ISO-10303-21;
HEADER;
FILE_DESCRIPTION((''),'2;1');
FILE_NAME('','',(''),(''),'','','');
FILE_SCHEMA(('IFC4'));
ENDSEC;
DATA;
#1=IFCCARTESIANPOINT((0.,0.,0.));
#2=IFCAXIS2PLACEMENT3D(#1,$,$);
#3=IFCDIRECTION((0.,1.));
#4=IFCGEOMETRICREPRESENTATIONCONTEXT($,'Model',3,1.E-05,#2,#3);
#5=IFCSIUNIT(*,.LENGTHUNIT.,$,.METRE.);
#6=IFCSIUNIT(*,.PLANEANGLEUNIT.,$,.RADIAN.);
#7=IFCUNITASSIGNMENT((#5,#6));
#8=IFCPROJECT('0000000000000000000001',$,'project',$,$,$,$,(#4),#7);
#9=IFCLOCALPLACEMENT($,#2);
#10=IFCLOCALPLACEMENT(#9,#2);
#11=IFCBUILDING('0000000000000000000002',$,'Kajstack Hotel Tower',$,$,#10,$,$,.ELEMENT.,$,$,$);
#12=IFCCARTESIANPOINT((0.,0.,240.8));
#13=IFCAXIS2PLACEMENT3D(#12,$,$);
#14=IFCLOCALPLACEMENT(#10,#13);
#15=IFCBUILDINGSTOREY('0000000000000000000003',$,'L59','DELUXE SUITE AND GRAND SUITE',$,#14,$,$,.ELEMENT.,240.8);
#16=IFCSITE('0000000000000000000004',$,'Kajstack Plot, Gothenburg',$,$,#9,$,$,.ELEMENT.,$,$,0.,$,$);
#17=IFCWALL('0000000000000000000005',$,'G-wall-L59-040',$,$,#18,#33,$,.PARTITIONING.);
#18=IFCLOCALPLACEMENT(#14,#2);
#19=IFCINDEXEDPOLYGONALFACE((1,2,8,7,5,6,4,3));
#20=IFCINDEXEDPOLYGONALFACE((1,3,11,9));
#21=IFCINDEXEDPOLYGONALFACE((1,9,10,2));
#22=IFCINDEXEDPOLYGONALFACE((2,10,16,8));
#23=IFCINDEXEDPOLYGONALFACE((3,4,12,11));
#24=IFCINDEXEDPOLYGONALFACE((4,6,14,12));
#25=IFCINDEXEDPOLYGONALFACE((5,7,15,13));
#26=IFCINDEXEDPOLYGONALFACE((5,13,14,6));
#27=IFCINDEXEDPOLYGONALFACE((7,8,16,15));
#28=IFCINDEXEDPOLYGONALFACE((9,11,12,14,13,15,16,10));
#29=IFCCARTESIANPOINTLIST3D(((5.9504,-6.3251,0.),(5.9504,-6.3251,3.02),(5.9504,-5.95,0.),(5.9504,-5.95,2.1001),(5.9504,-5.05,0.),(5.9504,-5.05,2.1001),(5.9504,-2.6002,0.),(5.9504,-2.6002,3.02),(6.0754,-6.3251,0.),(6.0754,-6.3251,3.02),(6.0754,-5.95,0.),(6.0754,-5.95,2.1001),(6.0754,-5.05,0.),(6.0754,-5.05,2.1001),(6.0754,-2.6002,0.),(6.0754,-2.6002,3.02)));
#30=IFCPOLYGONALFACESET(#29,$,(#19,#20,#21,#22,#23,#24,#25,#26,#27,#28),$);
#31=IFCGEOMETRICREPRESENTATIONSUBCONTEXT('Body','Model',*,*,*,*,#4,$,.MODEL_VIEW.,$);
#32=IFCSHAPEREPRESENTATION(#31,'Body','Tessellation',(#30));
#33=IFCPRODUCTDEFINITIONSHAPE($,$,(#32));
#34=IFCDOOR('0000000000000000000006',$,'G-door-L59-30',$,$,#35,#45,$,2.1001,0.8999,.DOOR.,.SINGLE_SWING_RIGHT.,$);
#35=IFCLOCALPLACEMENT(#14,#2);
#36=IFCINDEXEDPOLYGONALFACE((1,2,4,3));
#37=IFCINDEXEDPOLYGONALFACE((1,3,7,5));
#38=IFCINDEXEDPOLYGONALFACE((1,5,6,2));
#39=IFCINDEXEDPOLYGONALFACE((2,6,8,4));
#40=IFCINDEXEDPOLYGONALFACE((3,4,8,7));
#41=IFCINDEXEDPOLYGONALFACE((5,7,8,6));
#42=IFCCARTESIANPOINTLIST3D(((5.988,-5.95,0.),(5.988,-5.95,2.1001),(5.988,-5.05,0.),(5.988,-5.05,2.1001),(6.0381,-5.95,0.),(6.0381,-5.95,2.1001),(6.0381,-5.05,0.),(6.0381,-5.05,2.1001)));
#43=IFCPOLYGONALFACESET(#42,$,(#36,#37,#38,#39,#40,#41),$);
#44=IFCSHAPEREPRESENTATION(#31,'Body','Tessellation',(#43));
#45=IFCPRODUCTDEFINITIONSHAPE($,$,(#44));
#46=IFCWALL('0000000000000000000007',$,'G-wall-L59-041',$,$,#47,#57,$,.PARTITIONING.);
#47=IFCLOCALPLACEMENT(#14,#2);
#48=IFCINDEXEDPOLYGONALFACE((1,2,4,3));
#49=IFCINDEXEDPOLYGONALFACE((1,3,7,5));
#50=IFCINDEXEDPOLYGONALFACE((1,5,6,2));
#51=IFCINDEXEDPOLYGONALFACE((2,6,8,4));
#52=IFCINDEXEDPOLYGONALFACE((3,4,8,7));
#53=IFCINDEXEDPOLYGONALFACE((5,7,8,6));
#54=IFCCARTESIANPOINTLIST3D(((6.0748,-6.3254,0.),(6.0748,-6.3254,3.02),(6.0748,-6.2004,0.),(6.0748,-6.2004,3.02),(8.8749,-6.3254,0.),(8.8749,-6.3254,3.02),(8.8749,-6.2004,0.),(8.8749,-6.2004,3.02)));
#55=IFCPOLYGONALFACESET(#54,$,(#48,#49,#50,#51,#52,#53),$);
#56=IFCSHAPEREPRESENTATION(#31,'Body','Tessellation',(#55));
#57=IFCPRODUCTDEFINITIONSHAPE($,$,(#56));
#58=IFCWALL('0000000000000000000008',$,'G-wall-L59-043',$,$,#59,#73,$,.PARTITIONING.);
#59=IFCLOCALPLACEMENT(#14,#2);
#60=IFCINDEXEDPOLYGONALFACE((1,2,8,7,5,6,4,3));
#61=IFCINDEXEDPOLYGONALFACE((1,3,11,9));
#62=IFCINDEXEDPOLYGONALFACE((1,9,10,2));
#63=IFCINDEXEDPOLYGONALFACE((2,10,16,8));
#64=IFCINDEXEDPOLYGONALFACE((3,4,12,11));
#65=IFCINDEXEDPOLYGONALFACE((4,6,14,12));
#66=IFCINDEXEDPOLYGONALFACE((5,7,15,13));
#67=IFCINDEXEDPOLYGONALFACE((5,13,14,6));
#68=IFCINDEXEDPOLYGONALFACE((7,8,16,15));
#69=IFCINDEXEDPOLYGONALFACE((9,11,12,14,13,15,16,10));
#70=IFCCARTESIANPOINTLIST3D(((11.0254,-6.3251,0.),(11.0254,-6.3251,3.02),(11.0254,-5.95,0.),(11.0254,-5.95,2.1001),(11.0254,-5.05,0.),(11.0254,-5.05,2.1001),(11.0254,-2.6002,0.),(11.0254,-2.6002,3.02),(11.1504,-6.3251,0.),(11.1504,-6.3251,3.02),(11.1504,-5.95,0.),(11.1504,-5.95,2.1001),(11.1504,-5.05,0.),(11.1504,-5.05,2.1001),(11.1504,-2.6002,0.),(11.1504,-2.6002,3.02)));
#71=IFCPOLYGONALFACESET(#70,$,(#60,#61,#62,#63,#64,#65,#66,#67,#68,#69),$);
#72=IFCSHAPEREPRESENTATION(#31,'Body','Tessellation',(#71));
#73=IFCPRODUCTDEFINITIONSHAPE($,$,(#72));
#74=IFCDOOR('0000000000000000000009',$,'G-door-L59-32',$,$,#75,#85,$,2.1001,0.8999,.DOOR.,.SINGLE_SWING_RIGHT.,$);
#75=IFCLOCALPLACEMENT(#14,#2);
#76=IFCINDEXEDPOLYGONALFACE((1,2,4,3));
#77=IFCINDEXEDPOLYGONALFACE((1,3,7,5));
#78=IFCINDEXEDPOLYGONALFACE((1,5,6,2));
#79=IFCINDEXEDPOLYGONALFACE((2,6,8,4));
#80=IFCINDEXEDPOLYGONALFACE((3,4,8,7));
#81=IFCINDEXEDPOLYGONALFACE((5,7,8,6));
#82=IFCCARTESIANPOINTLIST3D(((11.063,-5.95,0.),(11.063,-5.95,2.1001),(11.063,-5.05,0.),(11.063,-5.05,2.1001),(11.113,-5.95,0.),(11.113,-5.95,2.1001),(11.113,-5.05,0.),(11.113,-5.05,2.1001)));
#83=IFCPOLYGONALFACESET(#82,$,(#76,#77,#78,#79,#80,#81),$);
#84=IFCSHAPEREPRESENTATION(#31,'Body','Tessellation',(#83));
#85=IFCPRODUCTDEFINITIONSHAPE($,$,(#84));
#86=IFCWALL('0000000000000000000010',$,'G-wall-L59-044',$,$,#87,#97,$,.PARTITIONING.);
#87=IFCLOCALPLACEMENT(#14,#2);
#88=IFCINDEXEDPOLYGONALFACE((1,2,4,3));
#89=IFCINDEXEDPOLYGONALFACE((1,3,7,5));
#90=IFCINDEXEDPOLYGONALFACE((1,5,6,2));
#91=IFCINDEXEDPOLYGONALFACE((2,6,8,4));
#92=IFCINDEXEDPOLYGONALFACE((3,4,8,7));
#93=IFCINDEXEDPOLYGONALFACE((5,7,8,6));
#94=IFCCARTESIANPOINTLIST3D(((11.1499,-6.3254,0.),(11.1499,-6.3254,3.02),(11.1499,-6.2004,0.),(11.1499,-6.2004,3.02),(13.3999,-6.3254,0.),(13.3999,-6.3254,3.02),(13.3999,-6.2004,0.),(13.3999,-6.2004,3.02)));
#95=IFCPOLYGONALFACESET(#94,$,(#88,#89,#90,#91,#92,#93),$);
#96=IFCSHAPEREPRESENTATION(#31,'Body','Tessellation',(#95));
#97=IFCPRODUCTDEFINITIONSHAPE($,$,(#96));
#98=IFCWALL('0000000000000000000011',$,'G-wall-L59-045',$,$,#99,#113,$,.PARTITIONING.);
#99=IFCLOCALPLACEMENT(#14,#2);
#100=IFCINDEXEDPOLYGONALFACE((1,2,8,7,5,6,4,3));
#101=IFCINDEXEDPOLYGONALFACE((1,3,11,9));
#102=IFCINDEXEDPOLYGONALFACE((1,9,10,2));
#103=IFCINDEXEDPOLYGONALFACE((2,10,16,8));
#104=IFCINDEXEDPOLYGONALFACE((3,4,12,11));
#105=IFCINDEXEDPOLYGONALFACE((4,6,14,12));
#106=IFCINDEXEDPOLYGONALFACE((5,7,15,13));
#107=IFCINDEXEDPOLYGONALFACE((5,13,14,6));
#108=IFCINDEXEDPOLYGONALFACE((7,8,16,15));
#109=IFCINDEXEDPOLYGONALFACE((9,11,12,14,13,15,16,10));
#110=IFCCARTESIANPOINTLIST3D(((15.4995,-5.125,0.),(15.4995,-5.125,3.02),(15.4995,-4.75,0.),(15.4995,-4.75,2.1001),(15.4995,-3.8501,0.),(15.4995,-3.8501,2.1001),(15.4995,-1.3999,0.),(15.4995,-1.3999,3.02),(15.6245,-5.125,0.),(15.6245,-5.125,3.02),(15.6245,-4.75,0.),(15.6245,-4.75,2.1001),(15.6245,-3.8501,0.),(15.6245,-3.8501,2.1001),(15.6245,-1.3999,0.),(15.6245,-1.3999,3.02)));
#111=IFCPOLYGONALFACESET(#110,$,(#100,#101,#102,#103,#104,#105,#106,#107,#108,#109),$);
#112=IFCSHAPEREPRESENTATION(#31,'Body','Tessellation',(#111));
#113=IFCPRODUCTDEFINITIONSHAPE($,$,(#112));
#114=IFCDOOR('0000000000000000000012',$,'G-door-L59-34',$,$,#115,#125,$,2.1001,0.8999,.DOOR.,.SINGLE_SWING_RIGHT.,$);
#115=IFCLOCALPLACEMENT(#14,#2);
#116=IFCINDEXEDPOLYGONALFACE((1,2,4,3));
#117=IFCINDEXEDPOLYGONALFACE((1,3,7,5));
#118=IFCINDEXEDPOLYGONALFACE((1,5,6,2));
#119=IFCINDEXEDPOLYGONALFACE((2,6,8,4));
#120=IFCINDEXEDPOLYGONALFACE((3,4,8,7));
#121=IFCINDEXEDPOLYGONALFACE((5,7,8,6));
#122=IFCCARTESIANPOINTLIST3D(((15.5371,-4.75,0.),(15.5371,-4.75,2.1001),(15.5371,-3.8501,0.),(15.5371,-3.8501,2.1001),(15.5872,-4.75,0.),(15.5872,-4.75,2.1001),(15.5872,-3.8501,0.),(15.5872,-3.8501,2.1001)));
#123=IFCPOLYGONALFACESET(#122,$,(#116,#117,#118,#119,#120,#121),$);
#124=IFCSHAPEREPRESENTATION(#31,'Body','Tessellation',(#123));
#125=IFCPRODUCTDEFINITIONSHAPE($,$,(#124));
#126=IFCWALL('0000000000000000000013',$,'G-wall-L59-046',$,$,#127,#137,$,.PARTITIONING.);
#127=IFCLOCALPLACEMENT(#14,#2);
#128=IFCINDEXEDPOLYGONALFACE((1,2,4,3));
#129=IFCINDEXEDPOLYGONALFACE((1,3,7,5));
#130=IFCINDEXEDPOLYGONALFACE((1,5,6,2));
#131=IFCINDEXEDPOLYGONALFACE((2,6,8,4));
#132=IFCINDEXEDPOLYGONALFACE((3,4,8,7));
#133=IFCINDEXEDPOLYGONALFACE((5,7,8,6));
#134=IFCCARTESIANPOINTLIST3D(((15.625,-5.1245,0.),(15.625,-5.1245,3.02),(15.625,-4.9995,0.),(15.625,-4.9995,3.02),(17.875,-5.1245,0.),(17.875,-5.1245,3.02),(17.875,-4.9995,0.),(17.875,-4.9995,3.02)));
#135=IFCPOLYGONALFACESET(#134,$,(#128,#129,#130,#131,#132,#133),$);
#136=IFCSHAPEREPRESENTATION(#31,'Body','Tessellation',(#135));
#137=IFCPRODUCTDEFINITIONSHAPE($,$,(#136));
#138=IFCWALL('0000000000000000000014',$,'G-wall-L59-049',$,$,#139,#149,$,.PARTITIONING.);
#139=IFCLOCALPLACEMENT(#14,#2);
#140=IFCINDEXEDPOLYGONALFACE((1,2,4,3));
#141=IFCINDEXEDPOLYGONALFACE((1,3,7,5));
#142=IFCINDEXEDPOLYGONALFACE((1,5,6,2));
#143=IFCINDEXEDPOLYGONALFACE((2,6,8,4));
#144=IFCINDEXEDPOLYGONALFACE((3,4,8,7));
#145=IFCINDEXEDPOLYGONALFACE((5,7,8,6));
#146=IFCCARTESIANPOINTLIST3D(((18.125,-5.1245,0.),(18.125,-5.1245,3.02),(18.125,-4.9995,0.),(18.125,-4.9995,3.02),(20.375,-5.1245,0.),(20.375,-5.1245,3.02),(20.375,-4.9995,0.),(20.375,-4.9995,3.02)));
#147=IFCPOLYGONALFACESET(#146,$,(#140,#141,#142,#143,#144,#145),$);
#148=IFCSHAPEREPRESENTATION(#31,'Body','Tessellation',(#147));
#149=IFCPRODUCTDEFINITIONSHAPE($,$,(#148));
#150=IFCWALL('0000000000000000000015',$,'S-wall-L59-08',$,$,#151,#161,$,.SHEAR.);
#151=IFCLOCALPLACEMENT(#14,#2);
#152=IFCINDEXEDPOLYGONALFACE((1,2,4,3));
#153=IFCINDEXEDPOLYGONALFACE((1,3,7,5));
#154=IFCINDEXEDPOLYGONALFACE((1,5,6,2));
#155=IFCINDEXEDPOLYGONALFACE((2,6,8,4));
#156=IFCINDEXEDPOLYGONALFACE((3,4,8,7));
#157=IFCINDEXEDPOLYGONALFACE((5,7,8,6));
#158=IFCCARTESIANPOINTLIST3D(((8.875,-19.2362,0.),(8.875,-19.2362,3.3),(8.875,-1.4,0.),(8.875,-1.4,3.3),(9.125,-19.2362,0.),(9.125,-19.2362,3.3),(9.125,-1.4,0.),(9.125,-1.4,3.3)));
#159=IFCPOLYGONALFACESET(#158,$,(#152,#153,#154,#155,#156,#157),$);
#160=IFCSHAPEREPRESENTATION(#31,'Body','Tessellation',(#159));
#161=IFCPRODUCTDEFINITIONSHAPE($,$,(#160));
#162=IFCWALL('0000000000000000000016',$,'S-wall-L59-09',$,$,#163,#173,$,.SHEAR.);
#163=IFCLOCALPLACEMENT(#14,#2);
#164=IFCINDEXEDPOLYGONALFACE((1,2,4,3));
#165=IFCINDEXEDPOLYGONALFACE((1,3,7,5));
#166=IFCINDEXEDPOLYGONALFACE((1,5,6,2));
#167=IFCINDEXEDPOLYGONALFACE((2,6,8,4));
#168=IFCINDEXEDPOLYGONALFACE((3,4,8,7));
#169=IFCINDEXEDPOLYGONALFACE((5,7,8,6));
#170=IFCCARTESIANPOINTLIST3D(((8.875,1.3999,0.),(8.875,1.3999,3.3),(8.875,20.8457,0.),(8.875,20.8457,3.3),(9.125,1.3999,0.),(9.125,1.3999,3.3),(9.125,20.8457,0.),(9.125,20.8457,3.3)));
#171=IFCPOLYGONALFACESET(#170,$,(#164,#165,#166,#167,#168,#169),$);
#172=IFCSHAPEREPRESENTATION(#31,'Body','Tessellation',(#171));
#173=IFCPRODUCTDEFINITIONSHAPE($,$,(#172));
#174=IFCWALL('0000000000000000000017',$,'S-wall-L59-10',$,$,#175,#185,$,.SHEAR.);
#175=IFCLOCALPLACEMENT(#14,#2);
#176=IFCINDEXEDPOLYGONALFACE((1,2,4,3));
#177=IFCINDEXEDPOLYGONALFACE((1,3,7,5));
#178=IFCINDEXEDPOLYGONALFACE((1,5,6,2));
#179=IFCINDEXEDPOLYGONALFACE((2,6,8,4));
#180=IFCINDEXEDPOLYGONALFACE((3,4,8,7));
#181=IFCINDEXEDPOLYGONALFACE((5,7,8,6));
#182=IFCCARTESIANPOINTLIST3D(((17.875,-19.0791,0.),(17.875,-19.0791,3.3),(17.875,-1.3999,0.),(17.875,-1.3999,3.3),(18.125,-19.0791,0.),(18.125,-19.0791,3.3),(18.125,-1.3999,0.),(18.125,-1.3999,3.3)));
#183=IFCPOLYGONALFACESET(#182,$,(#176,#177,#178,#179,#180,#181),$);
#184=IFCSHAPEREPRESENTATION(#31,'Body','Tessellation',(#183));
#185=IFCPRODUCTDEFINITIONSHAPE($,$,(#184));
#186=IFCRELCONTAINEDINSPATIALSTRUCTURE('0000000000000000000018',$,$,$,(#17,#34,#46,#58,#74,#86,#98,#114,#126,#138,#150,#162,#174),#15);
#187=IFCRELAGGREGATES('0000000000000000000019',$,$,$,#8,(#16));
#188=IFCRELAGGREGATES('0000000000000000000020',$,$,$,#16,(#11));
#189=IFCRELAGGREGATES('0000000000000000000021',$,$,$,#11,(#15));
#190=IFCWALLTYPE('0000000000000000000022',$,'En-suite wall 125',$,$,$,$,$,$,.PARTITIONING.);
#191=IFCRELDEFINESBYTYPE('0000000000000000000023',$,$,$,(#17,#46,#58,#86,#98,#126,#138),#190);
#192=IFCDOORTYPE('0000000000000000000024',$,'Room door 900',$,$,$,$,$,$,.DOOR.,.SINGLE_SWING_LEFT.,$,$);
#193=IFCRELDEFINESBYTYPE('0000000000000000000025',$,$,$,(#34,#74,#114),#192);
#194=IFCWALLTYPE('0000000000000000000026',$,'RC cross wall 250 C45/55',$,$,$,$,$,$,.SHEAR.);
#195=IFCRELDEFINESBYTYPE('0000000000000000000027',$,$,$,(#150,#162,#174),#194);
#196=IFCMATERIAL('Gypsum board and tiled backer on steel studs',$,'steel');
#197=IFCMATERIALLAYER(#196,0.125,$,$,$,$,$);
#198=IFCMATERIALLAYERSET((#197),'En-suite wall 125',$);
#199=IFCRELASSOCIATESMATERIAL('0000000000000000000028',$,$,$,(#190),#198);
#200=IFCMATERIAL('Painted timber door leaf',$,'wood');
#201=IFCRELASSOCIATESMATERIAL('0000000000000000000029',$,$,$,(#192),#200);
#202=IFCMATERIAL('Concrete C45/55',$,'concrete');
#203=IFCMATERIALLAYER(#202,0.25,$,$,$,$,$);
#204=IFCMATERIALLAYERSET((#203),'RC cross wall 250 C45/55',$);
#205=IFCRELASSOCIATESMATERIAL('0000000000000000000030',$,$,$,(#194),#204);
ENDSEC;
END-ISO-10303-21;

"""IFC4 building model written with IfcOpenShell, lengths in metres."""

from ifc_helpers import new_model, si_unit, direction, frame, frame_2d, origin, place, context, subcontext, project, spatial, rectangle, extrude, material, layer, layer_set, type_object, element, fill, save


model = new_model("IFC4")

# Units and contexts
model_context = context("Model", 3, precision=1e-05, world=origin(), true_north=direction((0.0, 1.0)))
body_context = subcontext(model_context, "Body", "Model", "MODEL_VIEW")
ifc_project = project(units=[si_unit("LENGTHUNIT", "METRE"), si_unit("PLANEANGLEUNIT", "RADIAN")], contexts=[model_context])

# Site, building, storey
site_placement = place(None, origin())
site = spatial("IfcSite", under=ifc_project, at=site_placement, Name="Kajstack Plot, Gothenburg", CompositionType="ELEMENT", RefElevation=0.0)
building_placement = place(site_placement, origin())
building = spatial("IfcBuilding", under=site, at=building_placement, Name="Kajstack Hotel Tower", CompositionType="ELEMENT")
storey_placement = place(building_placement, frame((0.0, 0.0, 240.8)))
storey = spatial("IfcBuildingStorey", under=building, at=storey_placement, Name="L59", Description="DELUXE SUITE AND GRAND SUITE", CompositionType="ELEMENT", Elevation=240.8)

# Wall, opening, door
ifc_material_1 = material(Name="Gypsum board and tiled backer on steel studs", Category="steel")
ifc_layer_1 = layer(ifc_material_1, 0.125)
ifc_layer_set_1 = layer_set([ifc_layer_1], Name="En-suite wall 125")
wall_type_1 = type_object("IfcWallType", Name="En-suite wall 125", PredefinedType="PARTITIONING", material=ifc_layer_set_1)
wall_1_placement = place(storey_placement, frame((6.0129, -6.325, 0.0), z_axis=(0.0, 0.0, 1.0), x_axis=(0.0, 1.0, 0.0)))
wall_1 = element("IfcWall", 1, at=wall_1_placement, inside=storey, type_object=wall_type_1, Name="G-wall-L59-040", PredefinedType="PARTITIONING", context=body_context, shape_type="SweptSolid", body=[
    extrude(rectangle(XDim=3.7249, YDim=0.125, at=frame_2d((1.8623, 0.0))), origin(), (0.0, 0.0, 1.0), 3.02),
])
opening_1_placement = place(wall_1_placement, frame((0.375, 0.0, 0.0)))
opening_1 = element("IfcOpeningElement", 2, at=opening_1_placement, cuts=wall_1, PredefinedType="OPENING", context=body_context, shape_type="SweptSolid", body=[
    extrude(rectangle(XDim=0.8999, YDim=2.1001, at=frame_2d((0.45, 1.05))), frame((0.0, 0.0725, 0.0), z_axis=(0.0, -1.0, 0.0), x_axis=(1.0, 0.0, 0.0)), (0.0, 0.0, 1.0), 0.145),
])
ifc_material_2 = material(Name="Painted timber door leaf", Category="wood")
door_type_1 = type_object("IfcDoorType", Name="Room door 900", OperationType="SINGLE_SWING_LEFT", PredefinedType="DOOR", material=ifc_material_2)
door_1_placement = place(opening_1_placement, origin())
door_1 = element("IfcDoor", 3, at=door_1_placement, inside=storey, type_object=door_type_1, Name="G-door-L59-30", OperationType="SINGLE_SWING_RIGHT", OverallHeight=2.1001, OverallWidth=0.8999, PredefinedType="DOOR", context=body_context, shape_type="SweptSolid", body=[
    extrude(rectangle(XDim=0.8999, YDim=2.1001, at=frame_2d((0.45, 1.05))), frame((0.0, 0.0249, 0.0), z_axis=(0.0, -1.0, 0.0), x_axis=(1.0, 0.0, 0.0)), (0.0, 0.0, 1.0), 0.05),
])
fill(opening_1, door_1)

# Wall
wall_2_placement = place(storey_placement, frame((6.075, -6.2629, 0.0), z_axis=(0.0, 0.0, 1.0), x_axis=(1.0, 0.0, 0.0)))
element("IfcWall", 4, at=wall_2_placement, inside=storey, type_object=wall_type_1, Name="G-wall-L59-041", PredefinedType="PARTITIONING", context=body_context, shape_type="SweptSolid", body=[
    extrude(rectangle(XDim=2.8, YDim=0.125, at=frame_2d((1.3999, 0.0))), origin(), (0.0, 0.0, 1.0), 3.02),
])

# Wall, opening, door
wall_3_placement = place(storey_placement, frame((11.0879, -6.325, 0.0), z_axis=(0.0, 0.0, 1.0), x_axis=(0.0, 1.0, 0.0)))
wall_3 = element("IfcWall", 5, at=wall_3_placement, inside=storey, type_object=wall_type_1, Name="G-wall-L59-043", PredefinedType="PARTITIONING", context=body_context, shape_type="SweptSolid", body=[
    extrude(rectangle(XDim=3.7249, YDim=0.125, at=frame_2d((1.8623, 0.0))), origin(), (0.0, 0.0, 1.0), 3.02),
])
opening_2_placement = place(wall_3_placement, frame((0.375, 0.0, 0.0)))
opening_2 = element("IfcOpeningElement", 6, at=opening_2_placement, cuts=wall_3, PredefinedType="OPENING", context=body_context, shape_type="SweptSolid", body=[
    extrude(rectangle(XDim=0.8999, YDim=2.1001, at=frame_2d((0.45, 1.05))), frame((0.0, 0.0725, 0.0), z_axis=(0.0, -1.0, 0.0), x_axis=(1.0, 0.0, 0.0)), (0.0, 0.0, 1.0), 0.145),
])
door_2_placement = place(opening_2_placement, origin())
door_2 = element("IfcDoor", 7, at=door_2_placement, inside=storey, type_object=door_type_1, Name="G-door-L59-32", OperationType="SINGLE_SWING_RIGHT", OverallHeight=2.1001, OverallWidth=0.8999, PredefinedType="DOOR", context=body_context, shape_type="SweptSolid", body=[
    extrude(rectangle(XDim=0.8999, YDim=2.1001, at=frame_2d((0.45, 1.05))), frame((0.0, 0.0249, 0.0), z_axis=(0.0, -1.0, 0.0), x_axis=(1.0, 0.0, 0.0)), (0.0, 0.0, 1.0), 0.05),
])
fill(opening_2, door_2)

# Wall
wall_4_placement = place(storey_placement, frame((11.1499, -6.2629, 0.0), z_axis=(0.0, 0.0, 1.0), x_axis=(1.0, 0.0, 0.0)))
element("IfcWall", 8, at=wall_4_placement, inside=storey, type_object=wall_type_1, Name="G-wall-L59-044", PredefinedType="PARTITIONING", context=body_context, shape_type="SweptSolid", body=[
    extrude(rectangle(XDim=2.25, YDim=0.125, at=frame_2d((1.125, 0.0))), origin(), (0.0, 0.0, 1.0), 3.02),
])

# Wall, opening, door
wall_5_placement = place(storey_placement, frame((15.562, -5.125, 0.0), z_axis=(0.0, 0.0, 1.0), x_axis=(0.0, 1.0, 0.0)))
wall_5 = element("IfcWall", 9, at=wall_5_placement, inside=storey, type_object=wall_type_1, Name="G-wall-L59-045", PredefinedType="PARTITIONING", context=body_context, shape_type="SweptSolid", body=[
    extrude(rectangle(XDim=3.7251, YDim=0.125, at=frame_2d((1.8625, 0.0))), origin(), (0.0, 0.0, 1.0), 3.02),
])
opening_3_placement = place(wall_5_placement, frame((0.375, 0.0, 0.0)))
opening_3 = element("IfcOpeningElement", 10, at=opening_3_placement, cuts=wall_5, PredefinedType="OPENING", context=body_context, shape_type="SweptSolid", body=[
    extrude(rectangle(XDim=0.8999, YDim=2.1001, at=frame_2d((0.45, 1.05))), frame((0.0, 0.0725, 0.0), z_axis=(0.0, -1.0, 0.0), x_axis=(1.0, 0.0, 0.0)), (0.0, 0.0, 1.0), 0.145),
])
door_3_placement = place(opening_3_placement, origin())
door_3 = element("IfcDoor", 11, at=door_3_placement, inside=storey, type_object=door_type_1, Name="G-door-L59-34", OperationType="SINGLE_SWING_RIGHT", OverallHeight=2.1001, OverallWidth=0.8999, PredefinedType="DOOR", context=body_context, shape_type="SweptSolid", body=[
    extrude(rectangle(XDim=0.8999, YDim=2.1001, at=frame_2d((0.45, 1.05))), frame((0.0, 0.0249, 0.0), z_axis=(0.0, -1.0, 0.0), x_axis=(1.0, 0.0, 0.0)), (0.0, 0.0, 1.0), 0.05),
])
fill(opening_3, door_3)

# Walls
for number, where, z_axis, x_axis, name in (
    (12, (15.625, -5.062, 0.0), (0.0, 0.0, 1.0), (1.0, 0.0, 0.0), "G-wall-L59-046"),
    (13, (18.125, -5.062, 0.0), (0.0, 0.0, 1.0), (1.0, 0.0, 0.0), "G-wall-L59-049"),
):
    element("IfcWall", number, at=place(storey_placement, frame(where, z_axis=z_axis, x_axis=x_axis)), inside=storey, type_object=wall_type_1, Name=name, PredefinedType="PARTITIONING", context=body_context, shape_type="SweptSolid", body=[
        extrude(rectangle(XDim=2.25, YDim=0.125, at=frame_2d((1.125, 0.0))), origin(), (0.0, 0.0, 1.0), 3.02),
    ])
ifc_material_3 = material(Name="Concrete C45/55", Category="concrete")
ifc_layer_2 = layer(ifc_material_3, 0.25)
ifc_layer_set_2 = layer_set([ifc_layer_2], Name="RC cross wall 250 C45/55")
wall_type_2 = type_object("IfcWallType", Name="RC cross wall 250 C45/55", PredefinedType="SHEAR", material=ifc_layer_set_2)
wall_6_placement = place(storey_placement, frame((9.0, -19.2361, 0.0), z_axis=(0.0, 0.0, 1.0), x_axis=(0.0, 1.0, 0.0)))
element("IfcWall", 14, at=wall_6_placement, inside=storey, type_object=wall_type_2, Name="S-wall-L59-08", PredefinedType="SHEAR", context=body_context, shape_type="SweptSolid", body=[
    extrude(rectangle(XDim=17.8362, YDim=0.25, at=frame_2d((8.918, 0.0))), origin(), (0.0, 0.0, 1.0), 3.3),
])
wall_7_placement = place(storey_placement, frame((9.0, 1.3999, 0.0), z_axis=(0.0, 0.0, 1.0), x_axis=(0.0, 1.0, 0.0)))
element("IfcWall", 15, at=wall_7_placement, inside=storey, type_object=wall_type_2, Name="S-wall-L59-09", PredefinedType="SHEAR", context=body_context, shape_type="SweptSolid", body=[
    extrude(rectangle(XDim=19.4458, YDim=0.25, at=frame_2d((9.7229, 0.0))), origin(), (0.0, 0.0, 1.0), 3.3),
])
wall_8_placement = place(storey_placement, frame((18.0, -19.0791, 0.0), z_axis=(0.0, 0.0, 1.0), x_axis=(0.0, 1.0, 0.0)))
element("IfcWall", 16, at=wall_8_placement, inside=storey, type_object=wall_type_2, Name="S-wall-L59-10", PredefinedType="SHEAR", context=body_context, shape_type="SweptSolid", body=[
    extrude(rectangle(XDim=17.6792, YDim=0.25, at=frame_2d((8.8396, 0.0))), origin(), (0.0, 0.0, 1.0), 3.3),
])

save(model, "model.ifc")
